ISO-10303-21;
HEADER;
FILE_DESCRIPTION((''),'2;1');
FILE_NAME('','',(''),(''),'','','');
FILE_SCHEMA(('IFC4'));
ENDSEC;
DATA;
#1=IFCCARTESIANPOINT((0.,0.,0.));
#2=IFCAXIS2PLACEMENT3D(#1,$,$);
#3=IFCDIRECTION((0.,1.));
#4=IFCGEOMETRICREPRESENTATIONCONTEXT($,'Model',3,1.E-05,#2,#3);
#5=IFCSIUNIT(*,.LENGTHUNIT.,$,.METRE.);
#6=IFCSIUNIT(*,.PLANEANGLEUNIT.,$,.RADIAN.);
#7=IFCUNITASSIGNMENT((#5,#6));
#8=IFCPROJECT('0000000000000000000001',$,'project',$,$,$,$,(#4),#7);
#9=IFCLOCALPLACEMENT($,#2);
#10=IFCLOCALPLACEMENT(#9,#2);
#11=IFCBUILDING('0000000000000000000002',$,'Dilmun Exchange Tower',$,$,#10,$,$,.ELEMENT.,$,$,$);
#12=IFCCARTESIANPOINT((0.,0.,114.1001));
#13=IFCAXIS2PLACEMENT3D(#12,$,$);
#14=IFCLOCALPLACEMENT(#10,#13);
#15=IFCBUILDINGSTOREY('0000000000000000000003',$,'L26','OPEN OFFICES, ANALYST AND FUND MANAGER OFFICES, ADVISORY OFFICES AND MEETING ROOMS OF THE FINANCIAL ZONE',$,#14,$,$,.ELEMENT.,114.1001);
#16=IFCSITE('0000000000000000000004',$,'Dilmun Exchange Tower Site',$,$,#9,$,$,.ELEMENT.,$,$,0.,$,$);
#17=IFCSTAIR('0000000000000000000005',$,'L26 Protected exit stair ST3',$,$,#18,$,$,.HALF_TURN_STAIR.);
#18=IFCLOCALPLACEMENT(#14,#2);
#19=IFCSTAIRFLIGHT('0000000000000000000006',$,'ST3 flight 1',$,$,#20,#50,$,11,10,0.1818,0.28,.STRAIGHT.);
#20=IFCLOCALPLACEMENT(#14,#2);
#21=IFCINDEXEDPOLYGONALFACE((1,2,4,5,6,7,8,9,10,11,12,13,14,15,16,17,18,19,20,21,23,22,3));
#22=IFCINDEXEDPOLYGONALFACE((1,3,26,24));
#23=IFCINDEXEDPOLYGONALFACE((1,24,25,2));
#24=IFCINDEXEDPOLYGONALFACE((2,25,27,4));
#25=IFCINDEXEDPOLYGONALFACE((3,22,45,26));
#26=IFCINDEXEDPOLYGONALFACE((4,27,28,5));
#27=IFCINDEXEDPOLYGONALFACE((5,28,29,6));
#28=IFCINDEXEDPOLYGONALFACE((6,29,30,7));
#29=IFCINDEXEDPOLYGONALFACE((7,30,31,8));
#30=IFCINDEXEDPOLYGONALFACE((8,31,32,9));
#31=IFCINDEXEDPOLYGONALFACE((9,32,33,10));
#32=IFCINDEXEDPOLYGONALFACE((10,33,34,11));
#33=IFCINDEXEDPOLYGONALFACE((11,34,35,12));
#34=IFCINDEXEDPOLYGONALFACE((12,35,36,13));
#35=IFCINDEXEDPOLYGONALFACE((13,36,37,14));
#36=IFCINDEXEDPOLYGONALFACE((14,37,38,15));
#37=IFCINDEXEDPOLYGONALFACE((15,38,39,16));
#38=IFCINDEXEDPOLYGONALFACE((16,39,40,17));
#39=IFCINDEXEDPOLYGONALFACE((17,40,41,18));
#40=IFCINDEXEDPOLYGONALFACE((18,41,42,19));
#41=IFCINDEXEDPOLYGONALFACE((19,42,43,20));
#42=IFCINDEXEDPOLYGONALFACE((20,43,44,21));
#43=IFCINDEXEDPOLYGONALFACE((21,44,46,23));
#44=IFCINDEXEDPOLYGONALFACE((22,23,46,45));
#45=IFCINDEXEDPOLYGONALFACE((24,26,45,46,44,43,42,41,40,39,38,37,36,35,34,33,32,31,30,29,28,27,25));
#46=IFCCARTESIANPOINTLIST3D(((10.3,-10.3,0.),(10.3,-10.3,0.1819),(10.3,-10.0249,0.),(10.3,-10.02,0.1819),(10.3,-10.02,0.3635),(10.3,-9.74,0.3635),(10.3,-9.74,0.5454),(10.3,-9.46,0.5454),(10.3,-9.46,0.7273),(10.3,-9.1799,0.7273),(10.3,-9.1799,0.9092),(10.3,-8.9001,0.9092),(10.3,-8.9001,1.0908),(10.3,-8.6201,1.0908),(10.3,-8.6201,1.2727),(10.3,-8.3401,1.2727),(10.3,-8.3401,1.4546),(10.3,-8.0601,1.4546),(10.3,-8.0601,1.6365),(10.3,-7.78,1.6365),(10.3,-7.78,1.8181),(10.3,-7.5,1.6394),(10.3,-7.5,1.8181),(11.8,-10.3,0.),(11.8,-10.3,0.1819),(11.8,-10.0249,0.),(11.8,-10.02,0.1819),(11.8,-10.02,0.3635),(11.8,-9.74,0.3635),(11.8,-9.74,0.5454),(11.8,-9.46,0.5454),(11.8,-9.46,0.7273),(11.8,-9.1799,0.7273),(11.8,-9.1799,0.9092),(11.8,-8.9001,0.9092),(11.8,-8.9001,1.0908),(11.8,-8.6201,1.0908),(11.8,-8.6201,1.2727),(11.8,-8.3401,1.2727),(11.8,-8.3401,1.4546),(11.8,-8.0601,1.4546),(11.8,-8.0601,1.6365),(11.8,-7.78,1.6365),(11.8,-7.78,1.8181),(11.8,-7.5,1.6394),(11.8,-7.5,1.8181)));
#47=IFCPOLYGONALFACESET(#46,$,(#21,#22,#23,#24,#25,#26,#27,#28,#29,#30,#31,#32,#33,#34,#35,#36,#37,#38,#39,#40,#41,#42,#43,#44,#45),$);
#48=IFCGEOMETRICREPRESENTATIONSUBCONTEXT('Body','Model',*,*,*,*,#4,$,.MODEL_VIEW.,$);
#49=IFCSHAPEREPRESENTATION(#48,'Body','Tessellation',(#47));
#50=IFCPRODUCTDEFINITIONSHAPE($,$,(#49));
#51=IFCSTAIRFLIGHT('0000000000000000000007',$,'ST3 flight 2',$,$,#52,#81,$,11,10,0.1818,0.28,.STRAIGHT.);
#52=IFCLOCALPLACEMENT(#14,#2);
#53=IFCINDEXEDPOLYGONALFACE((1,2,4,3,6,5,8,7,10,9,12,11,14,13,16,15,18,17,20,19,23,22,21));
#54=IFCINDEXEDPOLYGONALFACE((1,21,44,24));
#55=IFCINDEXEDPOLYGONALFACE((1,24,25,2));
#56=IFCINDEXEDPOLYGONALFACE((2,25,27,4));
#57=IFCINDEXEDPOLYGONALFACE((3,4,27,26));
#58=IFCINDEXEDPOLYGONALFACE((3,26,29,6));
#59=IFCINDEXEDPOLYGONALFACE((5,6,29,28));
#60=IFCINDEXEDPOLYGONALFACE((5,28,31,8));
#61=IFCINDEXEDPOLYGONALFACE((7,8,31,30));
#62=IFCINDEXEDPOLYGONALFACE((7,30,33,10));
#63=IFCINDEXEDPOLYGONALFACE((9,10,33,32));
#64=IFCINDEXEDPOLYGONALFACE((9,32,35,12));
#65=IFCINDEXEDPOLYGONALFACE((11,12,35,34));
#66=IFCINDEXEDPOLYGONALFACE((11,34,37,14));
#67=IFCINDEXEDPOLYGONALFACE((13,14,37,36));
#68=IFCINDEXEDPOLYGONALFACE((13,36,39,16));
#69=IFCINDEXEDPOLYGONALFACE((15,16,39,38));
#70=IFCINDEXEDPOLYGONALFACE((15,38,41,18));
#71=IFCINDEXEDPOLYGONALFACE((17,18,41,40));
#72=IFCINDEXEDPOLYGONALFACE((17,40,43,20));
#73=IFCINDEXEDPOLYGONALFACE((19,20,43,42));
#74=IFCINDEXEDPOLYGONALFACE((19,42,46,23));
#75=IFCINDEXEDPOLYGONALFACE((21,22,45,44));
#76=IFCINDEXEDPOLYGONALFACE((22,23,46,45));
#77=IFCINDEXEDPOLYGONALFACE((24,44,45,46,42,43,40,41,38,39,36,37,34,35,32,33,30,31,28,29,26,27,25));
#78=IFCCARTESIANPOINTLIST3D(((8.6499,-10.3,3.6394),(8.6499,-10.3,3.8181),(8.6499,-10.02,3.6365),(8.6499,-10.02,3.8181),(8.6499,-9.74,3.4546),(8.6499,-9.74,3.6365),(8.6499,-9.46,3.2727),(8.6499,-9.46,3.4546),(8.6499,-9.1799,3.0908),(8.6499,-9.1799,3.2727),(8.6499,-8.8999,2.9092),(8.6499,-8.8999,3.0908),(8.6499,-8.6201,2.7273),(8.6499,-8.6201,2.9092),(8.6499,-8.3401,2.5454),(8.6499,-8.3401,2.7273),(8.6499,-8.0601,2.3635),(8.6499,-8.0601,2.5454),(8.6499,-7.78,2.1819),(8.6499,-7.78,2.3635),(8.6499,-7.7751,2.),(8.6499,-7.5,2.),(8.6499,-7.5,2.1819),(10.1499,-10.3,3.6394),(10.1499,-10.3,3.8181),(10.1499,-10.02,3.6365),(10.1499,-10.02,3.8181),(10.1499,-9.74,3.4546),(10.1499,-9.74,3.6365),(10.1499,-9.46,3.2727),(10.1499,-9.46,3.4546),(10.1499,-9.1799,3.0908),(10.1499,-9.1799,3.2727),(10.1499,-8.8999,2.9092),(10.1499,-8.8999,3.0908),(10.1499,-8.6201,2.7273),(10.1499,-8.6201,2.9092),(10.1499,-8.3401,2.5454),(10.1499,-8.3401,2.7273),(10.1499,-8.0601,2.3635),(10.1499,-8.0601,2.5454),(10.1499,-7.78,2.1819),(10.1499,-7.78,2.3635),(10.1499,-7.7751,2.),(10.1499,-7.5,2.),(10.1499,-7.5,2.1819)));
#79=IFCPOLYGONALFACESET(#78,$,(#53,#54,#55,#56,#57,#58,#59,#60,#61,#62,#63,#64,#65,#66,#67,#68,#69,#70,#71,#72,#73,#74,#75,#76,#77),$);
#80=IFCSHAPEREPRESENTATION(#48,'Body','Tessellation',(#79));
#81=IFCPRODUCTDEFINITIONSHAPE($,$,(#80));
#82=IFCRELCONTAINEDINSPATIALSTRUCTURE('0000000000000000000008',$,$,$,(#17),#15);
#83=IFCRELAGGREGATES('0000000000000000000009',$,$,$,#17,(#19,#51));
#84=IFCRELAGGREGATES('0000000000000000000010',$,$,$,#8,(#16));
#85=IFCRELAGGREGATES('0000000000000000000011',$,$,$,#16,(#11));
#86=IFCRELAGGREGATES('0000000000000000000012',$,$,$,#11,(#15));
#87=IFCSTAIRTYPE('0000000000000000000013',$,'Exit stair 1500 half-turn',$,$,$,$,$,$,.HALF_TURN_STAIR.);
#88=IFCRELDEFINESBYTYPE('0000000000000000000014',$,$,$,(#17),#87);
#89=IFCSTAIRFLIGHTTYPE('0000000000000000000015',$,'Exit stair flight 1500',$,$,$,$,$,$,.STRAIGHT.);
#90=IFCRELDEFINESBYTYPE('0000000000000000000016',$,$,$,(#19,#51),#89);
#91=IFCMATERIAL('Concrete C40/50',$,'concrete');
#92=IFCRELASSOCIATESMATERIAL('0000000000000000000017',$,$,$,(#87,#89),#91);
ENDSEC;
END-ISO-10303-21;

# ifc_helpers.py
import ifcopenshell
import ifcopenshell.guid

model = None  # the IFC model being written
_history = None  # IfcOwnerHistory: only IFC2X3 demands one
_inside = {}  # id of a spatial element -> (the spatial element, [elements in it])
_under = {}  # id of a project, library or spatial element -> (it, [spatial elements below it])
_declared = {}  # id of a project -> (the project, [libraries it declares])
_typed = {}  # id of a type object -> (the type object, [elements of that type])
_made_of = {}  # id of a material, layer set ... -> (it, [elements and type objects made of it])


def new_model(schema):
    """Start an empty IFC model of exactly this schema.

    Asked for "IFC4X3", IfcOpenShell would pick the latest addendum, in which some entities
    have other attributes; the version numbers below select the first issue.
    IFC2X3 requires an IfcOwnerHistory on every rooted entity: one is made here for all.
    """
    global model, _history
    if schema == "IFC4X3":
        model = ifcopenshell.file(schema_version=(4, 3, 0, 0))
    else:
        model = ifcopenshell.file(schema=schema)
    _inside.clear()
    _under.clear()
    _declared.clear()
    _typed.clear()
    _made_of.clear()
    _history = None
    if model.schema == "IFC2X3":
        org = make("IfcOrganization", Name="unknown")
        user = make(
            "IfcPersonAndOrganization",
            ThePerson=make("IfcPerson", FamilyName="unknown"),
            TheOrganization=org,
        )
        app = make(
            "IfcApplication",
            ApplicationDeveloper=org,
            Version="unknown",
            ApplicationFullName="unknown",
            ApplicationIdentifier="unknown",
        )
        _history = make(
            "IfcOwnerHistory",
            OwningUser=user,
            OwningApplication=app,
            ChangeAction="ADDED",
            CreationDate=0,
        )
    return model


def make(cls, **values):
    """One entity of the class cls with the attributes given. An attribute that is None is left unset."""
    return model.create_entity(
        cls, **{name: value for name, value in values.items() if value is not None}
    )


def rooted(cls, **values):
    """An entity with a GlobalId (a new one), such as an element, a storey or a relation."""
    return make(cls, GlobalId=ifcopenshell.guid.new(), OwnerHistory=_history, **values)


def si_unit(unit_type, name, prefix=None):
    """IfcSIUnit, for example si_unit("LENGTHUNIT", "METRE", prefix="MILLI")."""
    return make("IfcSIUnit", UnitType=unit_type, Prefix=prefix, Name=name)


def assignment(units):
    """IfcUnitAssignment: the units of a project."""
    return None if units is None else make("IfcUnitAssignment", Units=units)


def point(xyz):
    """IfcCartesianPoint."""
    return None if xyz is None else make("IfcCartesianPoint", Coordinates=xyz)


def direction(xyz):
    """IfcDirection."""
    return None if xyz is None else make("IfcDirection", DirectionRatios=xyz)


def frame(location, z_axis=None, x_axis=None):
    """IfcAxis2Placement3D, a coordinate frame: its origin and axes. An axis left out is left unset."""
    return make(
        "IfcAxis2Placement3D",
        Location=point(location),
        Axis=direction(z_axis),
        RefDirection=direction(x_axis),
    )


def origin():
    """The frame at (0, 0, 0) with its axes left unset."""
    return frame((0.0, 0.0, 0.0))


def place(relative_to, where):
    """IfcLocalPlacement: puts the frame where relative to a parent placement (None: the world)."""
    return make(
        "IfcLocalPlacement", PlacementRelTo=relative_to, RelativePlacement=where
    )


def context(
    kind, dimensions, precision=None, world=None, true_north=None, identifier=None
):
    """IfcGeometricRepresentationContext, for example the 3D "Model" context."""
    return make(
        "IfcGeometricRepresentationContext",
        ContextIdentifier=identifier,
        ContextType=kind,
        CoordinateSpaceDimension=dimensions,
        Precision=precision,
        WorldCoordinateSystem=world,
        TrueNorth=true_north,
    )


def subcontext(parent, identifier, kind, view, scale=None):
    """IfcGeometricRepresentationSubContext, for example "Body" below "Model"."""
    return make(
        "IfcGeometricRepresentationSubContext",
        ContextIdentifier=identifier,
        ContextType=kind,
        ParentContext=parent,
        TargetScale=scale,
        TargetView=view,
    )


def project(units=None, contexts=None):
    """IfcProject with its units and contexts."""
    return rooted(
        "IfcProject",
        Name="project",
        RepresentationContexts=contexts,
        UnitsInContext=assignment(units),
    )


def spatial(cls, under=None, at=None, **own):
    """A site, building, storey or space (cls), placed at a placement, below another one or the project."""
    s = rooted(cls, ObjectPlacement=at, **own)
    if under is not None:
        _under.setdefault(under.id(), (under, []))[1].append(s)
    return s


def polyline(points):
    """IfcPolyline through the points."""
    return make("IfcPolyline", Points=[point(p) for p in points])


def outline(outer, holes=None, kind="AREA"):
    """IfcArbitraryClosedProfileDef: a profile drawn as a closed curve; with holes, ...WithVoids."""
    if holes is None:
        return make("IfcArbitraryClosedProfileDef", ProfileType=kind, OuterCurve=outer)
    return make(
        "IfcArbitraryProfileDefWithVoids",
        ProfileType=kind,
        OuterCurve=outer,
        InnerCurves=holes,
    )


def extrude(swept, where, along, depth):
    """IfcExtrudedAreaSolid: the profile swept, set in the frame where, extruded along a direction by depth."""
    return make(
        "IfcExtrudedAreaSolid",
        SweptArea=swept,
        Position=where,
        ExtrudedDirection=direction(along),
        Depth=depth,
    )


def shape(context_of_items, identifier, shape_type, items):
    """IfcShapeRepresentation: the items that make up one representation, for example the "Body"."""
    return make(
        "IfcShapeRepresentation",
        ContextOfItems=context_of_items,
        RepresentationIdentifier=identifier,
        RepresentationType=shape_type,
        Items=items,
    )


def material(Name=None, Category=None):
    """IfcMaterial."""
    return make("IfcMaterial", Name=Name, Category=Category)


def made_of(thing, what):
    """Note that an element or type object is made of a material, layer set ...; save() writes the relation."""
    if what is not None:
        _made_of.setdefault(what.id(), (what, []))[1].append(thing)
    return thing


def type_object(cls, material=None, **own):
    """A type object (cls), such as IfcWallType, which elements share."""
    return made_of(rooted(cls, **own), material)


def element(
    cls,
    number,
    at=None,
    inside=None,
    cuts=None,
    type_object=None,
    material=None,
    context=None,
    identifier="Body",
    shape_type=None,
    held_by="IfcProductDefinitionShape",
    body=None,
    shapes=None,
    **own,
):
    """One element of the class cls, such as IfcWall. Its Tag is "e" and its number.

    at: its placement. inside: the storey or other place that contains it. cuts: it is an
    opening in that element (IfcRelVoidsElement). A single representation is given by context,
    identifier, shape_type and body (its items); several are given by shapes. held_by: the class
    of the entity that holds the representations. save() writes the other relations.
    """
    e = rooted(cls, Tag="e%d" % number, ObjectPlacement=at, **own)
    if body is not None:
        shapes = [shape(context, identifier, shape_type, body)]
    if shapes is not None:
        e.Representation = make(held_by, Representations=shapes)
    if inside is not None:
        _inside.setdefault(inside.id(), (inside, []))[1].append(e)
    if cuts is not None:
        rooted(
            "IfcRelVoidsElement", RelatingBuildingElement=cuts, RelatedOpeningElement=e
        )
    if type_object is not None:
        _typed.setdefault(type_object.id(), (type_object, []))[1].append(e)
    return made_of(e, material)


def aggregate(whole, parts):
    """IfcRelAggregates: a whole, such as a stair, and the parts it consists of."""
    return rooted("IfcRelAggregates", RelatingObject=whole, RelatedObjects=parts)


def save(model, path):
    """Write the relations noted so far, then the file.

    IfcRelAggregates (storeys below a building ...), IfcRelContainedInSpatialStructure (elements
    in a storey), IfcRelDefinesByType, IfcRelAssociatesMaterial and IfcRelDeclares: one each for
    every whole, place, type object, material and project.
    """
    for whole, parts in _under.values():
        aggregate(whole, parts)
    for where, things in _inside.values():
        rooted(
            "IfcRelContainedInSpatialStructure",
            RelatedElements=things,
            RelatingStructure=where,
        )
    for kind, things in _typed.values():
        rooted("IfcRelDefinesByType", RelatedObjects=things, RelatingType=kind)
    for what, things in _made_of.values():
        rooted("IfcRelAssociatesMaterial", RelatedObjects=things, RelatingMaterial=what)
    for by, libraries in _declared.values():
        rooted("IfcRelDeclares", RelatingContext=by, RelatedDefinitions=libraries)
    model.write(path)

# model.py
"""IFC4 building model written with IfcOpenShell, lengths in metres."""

from ifc_helpers import new_model, si_unit, direction, frame, origin, place, context, subcontext, project, spatial, polyline, outline, extrude, material, type_object, element, aggregate, save


model = new_model("IFC4")

# Units and contexts
model_context = context("Model", 3, precision=1e-05, world=origin(), true_north=direction((0.0, 1.0)))
body_context = subcontext(model_context, "Body", "Model", "MODEL_VIEW")
ifc_project = project(units=[si_unit("LENGTHUNIT", "METRE"), si_unit("PLANEANGLEUNIT", "RADIAN")], contexts=[model_context])

# Site, building, storey
site_placement = place(None, origin())
site = spatial("IfcSite", under=ifc_project, at=site_placement, Name="Dilmun Exchange Tower Site", CompositionType="ELEMENT", RefElevation=0.0)
building_placement = place(site_placement, origin())
building = spatial("IfcBuilding", under=site, at=building_placement, Name="Dilmun Exchange Tower", CompositionType="ELEMENT")
storey_placement = place(building_placement, frame((0.0, 0.0, 114.1001)))
storey = spatial("IfcBuildingStorey", under=building, at=storey_placement, Name="L26", Description="OPEN OFFICES, ANALYST AND FUND MANAGER OFFICES, ADVISORY OFFICES AND MEETING ROOMS OF THE FINANCIAL ZONE", CompositionType="ELEMENT", Elevation=114.1001)

# Shared definitions
ifc_material_1 = material(Name="Concrete C40/50", Category="concrete")

# Stair, stair flights
stair_type = type_object("IfcStairType", Name="Exit stair 1500 half-turn", PredefinedType="HALF_TURN_STAIR", material=ifc_material_1)
stair_placement = place(storey_placement, origin())
stair = element("IfcStair", 1, at=stair_placement, inside=storey, type_object=stair_type, Name="L26 Protected exit stair ST3", PredefinedType="HALF_TURN_STAIR")
stair_flight_type = type_object("IfcStairFlightType", Name="Exit stair flight 1500", PredefinedType="STRAIGHT", material=ifc_material_1)
stair_flight_1_placement = place(storey_placement, frame((11.05, -10.3, 0.0), z_axis=(0.0, 0.0, 1.0), x_axis=(0.0, 1.0, 0.0)))
stair_flight_1 = element("IfcStairFlight", 2, at=stair_flight_1_placement, type_object=stair_flight_type, Name="ST3 flight 1", NumberOfRisers=11, NumberOfTreads=10, PredefinedType="STRAIGHT", RiserHeight=0.1818, TreadLength=0.28, context=body_context, shape_type="SweptSolid", body=[
    extrude(outline(polyline([(0.0, 0.0), (0.0, 0.1819), (0.28, 0.1819), (0.28, 0.3635), (0.5601, 0.3635), (0.5601, 0.5454), (0.8401, 0.5454), (0.8401, 0.7273), (1.1201, 0.7273), (1.1201, 0.9092), (1.3999, 0.9092), (1.3999, 1.0908), (1.6799, 1.0908), (1.6799, 1.2727), (1.96, 1.2727), (1.96, 1.4546), (2.24, 1.4546), (2.24, 1.6365), (2.52, 1.6365), (2.52, 1.8181), (2.8, 1.8181), (2.8, 2.0), (2.8, 1.6394), (0.2751, 0.0), (0.0, 0.0)])), frame((0.0, 0.75, 0.0), z_axis=(0.0, -1.0, 0.0), x_axis=(1.0, 0.0, 0.0)), (0.0, 0.0, 1.0), 1.5),
])
stair_flight_2_placement = place(storey_placement, frame((9.3999, -7.5, 2.0), z_axis=(0.0, 0.0, 1.0), x_axis=(0.0, -1.0, 0.0)))
stair_flight_2 = element("IfcStairFlight", 3, at=stair_flight_2_placement, type_object=stair_flight_type, Name="ST3 flight 2", NumberOfRisers=11, NumberOfTreads=10, PredefinedType="STRAIGHT", RiserHeight=0.1818, TreadLength=0.28, context=body_context, shape_type="SweptSolid", body=[
    extrude(outline(polyline([(0.0, 0.0), (0.0, 0.1819), (0.28, 0.1819), (0.28, 0.3635), (0.5601, 0.3635), (0.5601, 0.5454), (0.8401, 0.5454), (0.8401, 0.7273), (1.1201, 0.7273), (1.1201, 0.9092), (1.3999, 0.9092), (1.3999, 1.0908), (1.6799, 1.0908), (1.6799, 1.2727), (1.96, 1.2727), (1.96, 1.4546), (2.24, 1.4546), (2.24, 1.6365), (2.52, 1.6365), (2.52, 1.8181), (2.8, 1.8181), (2.8, 2.0), (2.8, 1.6394), (0.2751, 0.0), (0.0, 0.0)])), frame((0.0, 0.75, 0.0), z_axis=(0.0, -1.0, 0.0), x_axis=(1.0, 0.0, 0.0)), (0.0, 0.0, 1.0), 1.5),
])
aggregate(stair, [stair_flight_1, stair_flight_2])

save(model, "model.ifc")
